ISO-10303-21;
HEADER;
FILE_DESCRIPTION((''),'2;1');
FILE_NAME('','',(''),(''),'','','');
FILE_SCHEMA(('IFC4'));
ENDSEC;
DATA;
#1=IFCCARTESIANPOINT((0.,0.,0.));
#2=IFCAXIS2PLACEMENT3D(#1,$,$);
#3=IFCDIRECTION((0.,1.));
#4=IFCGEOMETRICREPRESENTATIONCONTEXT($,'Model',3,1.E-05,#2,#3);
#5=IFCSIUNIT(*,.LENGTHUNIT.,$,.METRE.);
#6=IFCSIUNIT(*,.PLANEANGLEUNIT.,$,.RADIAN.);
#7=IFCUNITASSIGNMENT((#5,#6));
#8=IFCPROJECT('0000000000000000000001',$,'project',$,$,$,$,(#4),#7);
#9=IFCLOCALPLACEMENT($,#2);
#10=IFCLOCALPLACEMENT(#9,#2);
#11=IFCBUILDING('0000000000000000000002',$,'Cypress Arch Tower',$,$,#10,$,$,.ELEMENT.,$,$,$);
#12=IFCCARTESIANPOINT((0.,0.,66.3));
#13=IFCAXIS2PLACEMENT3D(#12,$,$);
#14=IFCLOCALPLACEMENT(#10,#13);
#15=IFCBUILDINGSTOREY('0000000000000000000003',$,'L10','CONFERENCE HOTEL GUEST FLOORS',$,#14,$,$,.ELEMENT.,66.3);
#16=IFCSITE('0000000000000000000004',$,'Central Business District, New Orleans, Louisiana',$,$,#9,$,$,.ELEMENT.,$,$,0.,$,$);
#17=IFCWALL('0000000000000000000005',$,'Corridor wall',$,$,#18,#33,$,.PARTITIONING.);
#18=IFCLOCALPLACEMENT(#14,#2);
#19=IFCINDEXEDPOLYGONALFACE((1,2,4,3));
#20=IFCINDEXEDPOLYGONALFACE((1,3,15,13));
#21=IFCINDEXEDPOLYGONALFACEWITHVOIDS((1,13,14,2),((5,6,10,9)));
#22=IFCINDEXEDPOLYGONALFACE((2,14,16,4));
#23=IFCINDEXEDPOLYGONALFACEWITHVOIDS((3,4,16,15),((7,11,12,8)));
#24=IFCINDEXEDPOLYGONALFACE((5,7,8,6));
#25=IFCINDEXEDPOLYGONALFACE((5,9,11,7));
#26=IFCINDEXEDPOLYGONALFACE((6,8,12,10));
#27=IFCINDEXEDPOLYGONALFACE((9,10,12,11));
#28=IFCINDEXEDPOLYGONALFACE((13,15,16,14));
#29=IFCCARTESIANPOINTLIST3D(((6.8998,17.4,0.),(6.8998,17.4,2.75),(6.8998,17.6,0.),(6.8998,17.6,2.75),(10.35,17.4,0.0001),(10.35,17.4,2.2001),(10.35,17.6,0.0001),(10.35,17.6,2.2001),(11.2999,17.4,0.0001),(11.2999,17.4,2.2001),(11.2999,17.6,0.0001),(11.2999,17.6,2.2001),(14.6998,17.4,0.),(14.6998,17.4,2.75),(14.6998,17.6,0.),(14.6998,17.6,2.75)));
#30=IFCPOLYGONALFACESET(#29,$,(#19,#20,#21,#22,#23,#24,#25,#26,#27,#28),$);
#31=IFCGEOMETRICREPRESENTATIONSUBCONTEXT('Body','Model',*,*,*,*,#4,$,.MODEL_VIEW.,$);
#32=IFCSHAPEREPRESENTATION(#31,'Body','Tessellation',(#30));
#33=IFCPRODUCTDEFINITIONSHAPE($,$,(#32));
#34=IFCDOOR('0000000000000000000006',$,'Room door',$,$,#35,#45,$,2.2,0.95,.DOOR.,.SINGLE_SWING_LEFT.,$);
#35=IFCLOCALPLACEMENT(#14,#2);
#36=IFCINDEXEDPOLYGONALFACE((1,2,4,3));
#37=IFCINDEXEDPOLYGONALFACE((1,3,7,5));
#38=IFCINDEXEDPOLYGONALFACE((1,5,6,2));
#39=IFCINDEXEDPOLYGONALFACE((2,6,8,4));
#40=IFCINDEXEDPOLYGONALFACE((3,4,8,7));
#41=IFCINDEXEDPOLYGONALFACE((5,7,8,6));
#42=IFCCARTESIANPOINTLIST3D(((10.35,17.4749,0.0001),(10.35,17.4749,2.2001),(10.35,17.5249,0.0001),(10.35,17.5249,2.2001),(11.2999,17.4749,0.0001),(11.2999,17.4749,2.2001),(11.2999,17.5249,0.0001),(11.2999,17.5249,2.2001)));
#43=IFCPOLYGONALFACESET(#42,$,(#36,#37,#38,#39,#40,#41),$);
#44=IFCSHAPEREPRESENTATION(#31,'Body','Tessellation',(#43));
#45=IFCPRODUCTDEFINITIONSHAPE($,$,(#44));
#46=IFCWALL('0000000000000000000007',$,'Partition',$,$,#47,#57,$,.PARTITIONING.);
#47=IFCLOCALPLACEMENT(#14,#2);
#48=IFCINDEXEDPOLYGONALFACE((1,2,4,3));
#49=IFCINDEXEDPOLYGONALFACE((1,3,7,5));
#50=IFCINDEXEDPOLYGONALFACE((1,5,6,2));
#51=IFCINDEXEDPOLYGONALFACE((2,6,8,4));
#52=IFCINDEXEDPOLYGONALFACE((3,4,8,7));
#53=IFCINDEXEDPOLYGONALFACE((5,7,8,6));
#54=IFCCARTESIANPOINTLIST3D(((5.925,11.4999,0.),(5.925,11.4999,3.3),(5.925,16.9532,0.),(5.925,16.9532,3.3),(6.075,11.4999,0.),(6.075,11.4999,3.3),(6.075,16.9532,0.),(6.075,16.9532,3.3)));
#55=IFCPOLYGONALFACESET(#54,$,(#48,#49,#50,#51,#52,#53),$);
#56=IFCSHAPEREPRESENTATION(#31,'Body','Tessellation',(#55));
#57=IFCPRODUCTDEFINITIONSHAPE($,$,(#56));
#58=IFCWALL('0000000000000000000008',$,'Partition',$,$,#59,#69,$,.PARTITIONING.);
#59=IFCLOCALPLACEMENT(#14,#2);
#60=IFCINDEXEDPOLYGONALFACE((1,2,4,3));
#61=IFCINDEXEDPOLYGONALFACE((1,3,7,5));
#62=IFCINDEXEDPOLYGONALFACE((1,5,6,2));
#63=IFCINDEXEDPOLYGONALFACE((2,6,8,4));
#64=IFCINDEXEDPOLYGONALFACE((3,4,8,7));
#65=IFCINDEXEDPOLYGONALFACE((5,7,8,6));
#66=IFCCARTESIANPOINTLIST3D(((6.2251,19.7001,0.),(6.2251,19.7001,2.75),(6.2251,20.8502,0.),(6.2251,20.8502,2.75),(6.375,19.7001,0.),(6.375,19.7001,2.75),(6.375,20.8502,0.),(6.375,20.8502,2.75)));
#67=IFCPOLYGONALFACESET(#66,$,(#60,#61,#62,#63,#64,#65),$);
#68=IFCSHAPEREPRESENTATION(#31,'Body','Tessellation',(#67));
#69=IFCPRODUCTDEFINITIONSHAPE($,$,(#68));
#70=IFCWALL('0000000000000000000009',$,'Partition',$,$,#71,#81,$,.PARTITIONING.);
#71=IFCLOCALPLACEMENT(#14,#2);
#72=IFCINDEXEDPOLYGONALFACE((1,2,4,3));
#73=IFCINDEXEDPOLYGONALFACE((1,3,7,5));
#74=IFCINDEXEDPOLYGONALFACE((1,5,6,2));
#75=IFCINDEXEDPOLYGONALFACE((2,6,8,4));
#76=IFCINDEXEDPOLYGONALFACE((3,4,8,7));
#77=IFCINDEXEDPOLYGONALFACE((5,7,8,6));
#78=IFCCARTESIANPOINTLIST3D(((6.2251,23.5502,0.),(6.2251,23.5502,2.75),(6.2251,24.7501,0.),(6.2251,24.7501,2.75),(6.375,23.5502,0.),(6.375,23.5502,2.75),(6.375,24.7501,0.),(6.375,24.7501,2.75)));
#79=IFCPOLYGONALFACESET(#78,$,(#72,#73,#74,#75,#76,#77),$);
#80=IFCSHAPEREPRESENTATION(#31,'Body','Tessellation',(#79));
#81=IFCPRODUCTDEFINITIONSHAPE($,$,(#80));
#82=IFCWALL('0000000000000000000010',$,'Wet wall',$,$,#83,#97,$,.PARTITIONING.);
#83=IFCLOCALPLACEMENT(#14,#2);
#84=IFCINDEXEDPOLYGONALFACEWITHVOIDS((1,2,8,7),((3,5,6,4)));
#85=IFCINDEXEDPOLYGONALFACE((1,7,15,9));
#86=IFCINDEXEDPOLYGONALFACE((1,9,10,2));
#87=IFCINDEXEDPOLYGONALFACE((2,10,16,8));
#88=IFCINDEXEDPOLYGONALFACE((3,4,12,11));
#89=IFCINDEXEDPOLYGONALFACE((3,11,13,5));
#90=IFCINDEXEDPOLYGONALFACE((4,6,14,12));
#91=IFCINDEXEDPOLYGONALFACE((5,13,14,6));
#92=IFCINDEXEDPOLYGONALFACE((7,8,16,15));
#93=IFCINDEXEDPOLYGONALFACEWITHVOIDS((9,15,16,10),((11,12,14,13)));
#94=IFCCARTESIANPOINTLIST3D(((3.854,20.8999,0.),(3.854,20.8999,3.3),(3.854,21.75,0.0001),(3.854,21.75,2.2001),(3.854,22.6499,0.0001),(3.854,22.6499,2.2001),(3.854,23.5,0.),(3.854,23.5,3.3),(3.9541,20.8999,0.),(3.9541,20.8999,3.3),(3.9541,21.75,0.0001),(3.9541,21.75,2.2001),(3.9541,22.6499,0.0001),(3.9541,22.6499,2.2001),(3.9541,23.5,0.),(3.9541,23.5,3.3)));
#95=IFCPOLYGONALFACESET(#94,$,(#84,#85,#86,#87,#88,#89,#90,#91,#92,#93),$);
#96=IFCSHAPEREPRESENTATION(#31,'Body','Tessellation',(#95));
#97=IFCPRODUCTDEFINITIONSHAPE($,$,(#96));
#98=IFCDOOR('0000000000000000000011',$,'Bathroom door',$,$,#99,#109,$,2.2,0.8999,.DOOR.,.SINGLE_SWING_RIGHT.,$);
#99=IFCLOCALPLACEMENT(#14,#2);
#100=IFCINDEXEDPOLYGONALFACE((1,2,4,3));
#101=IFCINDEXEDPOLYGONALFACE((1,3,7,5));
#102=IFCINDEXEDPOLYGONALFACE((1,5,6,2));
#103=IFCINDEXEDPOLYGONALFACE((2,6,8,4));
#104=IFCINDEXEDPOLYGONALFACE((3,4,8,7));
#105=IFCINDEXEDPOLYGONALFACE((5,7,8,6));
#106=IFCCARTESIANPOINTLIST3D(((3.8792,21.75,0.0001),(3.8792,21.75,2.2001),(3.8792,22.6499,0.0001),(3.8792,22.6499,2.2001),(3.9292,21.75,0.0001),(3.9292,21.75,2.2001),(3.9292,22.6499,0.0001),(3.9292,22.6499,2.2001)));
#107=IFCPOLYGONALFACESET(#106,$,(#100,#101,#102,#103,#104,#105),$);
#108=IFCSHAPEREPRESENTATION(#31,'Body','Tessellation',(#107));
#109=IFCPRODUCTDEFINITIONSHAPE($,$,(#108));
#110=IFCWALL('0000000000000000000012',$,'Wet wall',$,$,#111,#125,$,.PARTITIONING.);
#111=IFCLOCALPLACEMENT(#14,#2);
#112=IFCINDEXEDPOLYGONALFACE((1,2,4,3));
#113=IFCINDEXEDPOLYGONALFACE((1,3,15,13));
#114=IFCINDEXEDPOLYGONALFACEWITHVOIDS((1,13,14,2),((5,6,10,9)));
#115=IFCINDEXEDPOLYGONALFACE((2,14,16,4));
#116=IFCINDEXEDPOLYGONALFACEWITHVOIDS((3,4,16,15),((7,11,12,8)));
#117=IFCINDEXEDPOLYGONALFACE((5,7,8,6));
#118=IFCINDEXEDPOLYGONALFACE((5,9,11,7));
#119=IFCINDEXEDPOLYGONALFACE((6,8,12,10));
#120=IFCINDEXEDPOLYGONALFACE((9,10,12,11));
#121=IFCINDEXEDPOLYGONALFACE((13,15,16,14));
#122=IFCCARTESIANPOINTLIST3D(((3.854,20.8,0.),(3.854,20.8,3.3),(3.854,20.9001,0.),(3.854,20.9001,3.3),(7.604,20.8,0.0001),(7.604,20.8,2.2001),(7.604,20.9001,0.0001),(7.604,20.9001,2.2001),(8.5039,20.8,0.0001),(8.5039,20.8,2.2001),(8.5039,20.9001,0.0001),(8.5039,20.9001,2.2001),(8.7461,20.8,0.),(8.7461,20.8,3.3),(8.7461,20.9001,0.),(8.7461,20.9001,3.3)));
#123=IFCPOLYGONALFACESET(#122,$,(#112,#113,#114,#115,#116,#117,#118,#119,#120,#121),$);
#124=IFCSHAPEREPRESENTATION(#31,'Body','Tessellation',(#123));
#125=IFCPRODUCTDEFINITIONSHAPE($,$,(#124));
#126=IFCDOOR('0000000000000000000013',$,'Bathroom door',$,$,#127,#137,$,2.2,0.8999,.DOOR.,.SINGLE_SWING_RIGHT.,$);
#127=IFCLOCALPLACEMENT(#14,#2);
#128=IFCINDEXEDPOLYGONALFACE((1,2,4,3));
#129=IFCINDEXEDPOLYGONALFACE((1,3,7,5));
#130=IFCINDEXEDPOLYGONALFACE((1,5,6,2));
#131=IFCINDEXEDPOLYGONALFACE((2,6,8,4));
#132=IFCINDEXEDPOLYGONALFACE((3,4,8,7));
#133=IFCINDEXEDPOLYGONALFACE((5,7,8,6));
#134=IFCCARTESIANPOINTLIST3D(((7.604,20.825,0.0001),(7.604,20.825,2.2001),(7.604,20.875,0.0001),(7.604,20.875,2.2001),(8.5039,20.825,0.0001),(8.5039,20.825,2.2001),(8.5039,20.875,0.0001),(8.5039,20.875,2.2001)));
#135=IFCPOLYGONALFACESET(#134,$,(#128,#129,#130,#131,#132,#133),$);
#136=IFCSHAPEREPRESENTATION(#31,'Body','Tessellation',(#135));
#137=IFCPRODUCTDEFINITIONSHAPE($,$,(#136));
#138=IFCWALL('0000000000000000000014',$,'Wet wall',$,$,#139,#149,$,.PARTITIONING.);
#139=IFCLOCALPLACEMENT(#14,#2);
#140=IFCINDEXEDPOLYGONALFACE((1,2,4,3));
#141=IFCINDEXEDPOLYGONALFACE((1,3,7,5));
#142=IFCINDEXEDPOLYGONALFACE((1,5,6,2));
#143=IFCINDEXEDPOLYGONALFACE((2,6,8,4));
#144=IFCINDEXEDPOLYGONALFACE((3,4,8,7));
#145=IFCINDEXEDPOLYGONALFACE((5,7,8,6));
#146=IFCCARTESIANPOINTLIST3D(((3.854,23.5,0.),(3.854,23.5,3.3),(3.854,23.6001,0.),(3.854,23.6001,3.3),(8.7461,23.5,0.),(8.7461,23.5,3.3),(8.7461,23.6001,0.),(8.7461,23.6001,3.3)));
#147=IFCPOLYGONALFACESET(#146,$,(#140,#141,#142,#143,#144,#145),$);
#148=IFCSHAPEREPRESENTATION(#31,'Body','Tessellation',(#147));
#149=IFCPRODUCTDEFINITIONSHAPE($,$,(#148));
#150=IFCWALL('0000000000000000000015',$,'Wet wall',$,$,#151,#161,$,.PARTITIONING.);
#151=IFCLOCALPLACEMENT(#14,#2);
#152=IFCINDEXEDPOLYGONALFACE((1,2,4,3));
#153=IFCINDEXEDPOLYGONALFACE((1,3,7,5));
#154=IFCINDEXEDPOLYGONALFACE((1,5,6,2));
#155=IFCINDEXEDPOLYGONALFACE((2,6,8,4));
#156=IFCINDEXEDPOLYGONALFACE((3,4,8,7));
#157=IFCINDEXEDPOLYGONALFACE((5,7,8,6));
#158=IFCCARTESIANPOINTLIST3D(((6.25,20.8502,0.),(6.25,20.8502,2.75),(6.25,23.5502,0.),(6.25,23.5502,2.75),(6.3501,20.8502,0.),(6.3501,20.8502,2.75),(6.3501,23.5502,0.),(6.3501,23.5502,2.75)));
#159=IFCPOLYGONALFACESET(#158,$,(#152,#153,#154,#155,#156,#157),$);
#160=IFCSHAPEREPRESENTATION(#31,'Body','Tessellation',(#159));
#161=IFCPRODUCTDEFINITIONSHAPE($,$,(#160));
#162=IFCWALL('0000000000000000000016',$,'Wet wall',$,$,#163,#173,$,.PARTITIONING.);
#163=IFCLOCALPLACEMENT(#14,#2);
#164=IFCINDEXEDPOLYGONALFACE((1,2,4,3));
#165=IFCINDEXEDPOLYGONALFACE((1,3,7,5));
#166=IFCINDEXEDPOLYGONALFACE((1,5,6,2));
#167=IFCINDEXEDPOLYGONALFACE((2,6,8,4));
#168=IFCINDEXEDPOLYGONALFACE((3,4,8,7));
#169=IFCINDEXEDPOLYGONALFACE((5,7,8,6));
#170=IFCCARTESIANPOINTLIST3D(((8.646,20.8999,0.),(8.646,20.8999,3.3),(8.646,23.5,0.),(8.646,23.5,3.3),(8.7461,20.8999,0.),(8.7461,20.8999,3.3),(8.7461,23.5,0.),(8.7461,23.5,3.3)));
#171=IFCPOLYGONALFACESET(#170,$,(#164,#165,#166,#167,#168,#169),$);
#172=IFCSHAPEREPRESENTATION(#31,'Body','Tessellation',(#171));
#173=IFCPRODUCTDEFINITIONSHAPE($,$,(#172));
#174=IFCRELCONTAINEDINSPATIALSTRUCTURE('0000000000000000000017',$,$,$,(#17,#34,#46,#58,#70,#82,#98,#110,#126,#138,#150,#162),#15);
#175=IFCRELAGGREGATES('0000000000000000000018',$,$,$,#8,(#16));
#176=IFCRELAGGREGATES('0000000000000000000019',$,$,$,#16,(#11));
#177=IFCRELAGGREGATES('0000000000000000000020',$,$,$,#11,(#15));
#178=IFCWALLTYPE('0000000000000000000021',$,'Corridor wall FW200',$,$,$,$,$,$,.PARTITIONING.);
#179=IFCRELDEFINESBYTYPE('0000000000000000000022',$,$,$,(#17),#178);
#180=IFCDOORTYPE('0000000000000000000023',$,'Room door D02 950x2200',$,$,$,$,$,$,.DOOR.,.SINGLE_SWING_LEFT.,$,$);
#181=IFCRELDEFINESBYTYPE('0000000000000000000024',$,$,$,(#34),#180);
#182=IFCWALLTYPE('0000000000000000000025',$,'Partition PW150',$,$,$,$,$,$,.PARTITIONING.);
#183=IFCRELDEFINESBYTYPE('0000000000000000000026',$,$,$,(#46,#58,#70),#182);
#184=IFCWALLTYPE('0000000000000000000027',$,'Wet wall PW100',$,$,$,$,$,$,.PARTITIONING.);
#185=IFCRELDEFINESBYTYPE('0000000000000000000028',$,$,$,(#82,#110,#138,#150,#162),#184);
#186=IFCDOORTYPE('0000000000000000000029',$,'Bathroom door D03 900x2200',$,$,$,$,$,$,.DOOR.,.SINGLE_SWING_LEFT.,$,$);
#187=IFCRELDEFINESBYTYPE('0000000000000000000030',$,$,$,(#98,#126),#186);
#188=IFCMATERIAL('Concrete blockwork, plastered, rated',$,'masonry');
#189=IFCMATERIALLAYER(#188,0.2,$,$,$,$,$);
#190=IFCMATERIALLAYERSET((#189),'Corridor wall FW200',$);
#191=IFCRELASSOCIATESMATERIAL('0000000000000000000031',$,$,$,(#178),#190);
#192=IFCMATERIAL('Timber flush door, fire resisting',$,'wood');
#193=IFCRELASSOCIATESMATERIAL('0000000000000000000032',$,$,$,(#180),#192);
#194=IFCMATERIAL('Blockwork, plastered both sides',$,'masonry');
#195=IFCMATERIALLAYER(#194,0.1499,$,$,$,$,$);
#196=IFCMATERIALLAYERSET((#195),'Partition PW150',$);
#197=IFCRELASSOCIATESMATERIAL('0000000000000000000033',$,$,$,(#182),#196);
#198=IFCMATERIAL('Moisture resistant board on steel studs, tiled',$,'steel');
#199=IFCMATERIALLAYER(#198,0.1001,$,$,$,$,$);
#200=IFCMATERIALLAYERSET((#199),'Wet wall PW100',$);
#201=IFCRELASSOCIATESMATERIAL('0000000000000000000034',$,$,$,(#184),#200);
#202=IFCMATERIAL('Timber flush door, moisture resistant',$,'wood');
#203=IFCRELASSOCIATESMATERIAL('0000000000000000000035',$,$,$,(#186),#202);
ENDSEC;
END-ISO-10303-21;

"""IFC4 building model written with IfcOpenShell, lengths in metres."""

from ifc_helpers import new_model, si_unit, direction, frame, frame_2d, origin, place, context, subcontext, project, spatial, rectangle, extrude, material, layer, layer_set, type_object, element, fill, save


model = new_model("IFC4")

# Units and contexts
model_context = context("Model", 3, precision=1e-05, world=origin(), true_north=direction((0.0, 1.0)))
body_context = subcontext(model_context, "Body", "Model", "MODEL_VIEW")
ifc_project = project(units=[si_unit("LENGTHUNIT", "METRE"), si_unit("PLANEANGLEUNIT", "RADIAN")], contexts=[model_context])

# Site, building, storey
site_placement = place(None, origin())
site = spatial("IfcSite", under=ifc_project, at=site_placement, Name="Central Business District, New Orleans, Louisiana", CompositionType="ELEMENT", RefElevation=0.0)
building_placement = place(site_placement, origin())
building = spatial("IfcBuilding", under=site, at=building_placement, Name="Cypress Arch Tower", CompositionType="ELEMENT")
storey_placement = place(building_placement, frame((0.0, 0.0, 66.3)))
storey = spatial("IfcBuildingStorey", under=building, at=storey_placement, Name="L10", Description="CONFERENCE HOTEL GUEST FLOORS", CompositionType="ELEMENT", Elevation=66.3)

# Shared definitions
ifc_material_1 = material(Name="Concrete blockwork, plastered, rated", Category="masonry")
ifc_layer_1 = layer(ifc_material_1, 0.2)
ifc_layer_set_1 = layer_set([ifc_layer_1], Name="Corridor wall FW200")
wall_type_1 = type_object("IfcWallType", Name="Corridor wall FW200", PredefinedType="PARTITIONING", material=ifc_layer_set_1)

# Wall, opening, door
wall_1_placement = place(storey_placement, frame((6.8999, 17.5, 0.0), z_axis=(0.0, 0.0, 1.0), x_axis=(1.0, 0.0, 0.0)))
wall_1 = element("IfcWall", 1, at=wall_1_placement, inside=storey, type_object=wall_type_1, Name="Corridor wall", PredefinedType="PARTITIONING", context=body_context, shape_type="SweptSolid", body=[
    extrude(rectangle(XDim=7.8, YDim=0.2, at=frame_2d((3.8999, 0.0))), origin(), (0.0, 0.0, 1.0), 2.75),
])
opening_1_placement = place(wall_1_placement, frame((3.45, 0.0, 0.0)))
opening_1 = element("IfcOpeningElement", 2, at=opening_1_placement, cuts=wall_1, PredefinedType="OPENING", context=body_context, shape_type="SweptSolid", body=[
    extrude(rectangle(XDim=0.95, YDim=2.2, at=frame_2d((0.4751, 1.1001))), frame((0.0, 0.1099, 0.0), z_axis=(0.0, -1.0, 0.0), x_axis=(1.0, 0.0, 0.0)), (0.0, 0.0, 1.0), 0.22),
])
ifc_material_2 = material(Name="Timber flush door, fire resisting", Category="wood")
door_type_1 = type_object("IfcDoorType", Name="Room door D02 950x2200", OperationType="SINGLE_SWING_LEFT", PredefinedType="DOOR", material=ifc_material_2)
door_1_placement = place(opening_1_placement, origin())
door_1 = element("IfcDoor", 3, at=door_1_placement, inside=storey, type_object=door_type_1, Name="Room door", OperationType="SINGLE_SWING_LEFT", OverallHeight=2.2, OverallWidth=0.95, PredefinedType="DOOR", context=body_context, shape_type="SweptSolid", body=[
    extrude(rectangle(XDim=0.95, YDim=2.2, at=frame_2d((0.4751, 1.1001))), frame((0.0, 0.0249, 0.0), z_axis=(0.0, -1.0, 0.0), x_axis=(1.0, 0.0, 0.0)), (0.0, 0.0, 1.0), 0.05),
])
fill(opening_1, door_1)

# Walls
ifc_material_3 = material(Name="Blockwork, plastered both sides", Category="masonry")
ifc_layer_2 = layer(ifc_material_3, 0.1499)
ifc_layer_set_2 = layer_set([ifc_layer_2], Name="Partition PW150")
wall_type_2 = type_object("IfcWallType", Name="Partition PW150", PredefinedType="PARTITIONING", material=ifc_layer_set_2)
wall_2_placement = place(storey_placement, frame((6.0, 11.5, 0.0), z_axis=(0.0, 0.0, 1.0), x_axis=(0.0, 1.0, 0.0)))
element("IfcWall", 4, at=wall_2_placement, inside=storey, type_object=wall_type_2, Name="Partition", PredefinedType="PARTITIONING", context=body_context, shape_type="SweptSolid", body=[
    extrude(rectangle(XDim=5.4534, YDim=0.1499, at=frame_2d((2.7266, 0.0))), origin(), (0.0, 0.0, 1.0), 3.3),
])
wall_3_placement = place(storey_placement, frame((6.3, 19.7, 0.0), z_axis=(0.0, 0.0, 1.0), x_axis=(0.0, 1.0, 0.0)))
element("IfcWall", 5, at=wall_3_placement, inside=storey, type_object=wall_type_2, Name="Partition", PredefinedType="PARTITIONING", context=body_context, shape_type="SweptSolid", body=[
    extrude(rectangle(XDim=1.1501, YDim=0.1499, at=frame_2d((0.5752, 0.0))), origin(), (0.0, 0.0, 1.0), 2.75),
])
wall_4_placement = place(storey_placement, frame((6.3, 23.55, 0.0), z_axis=(0.0, 0.0, 1.0), x_axis=(0.0, 1.0, 0.0)))
element("IfcWall", 6, at=wall_4_placement, inside=storey, type_object=wall_type_2, Name="Partition", PredefinedType="PARTITIONING", context=body_context, shape_type="SweptSolid", body=[
    extrude(rectangle(XDim=1.2, YDim=0.1499, at=frame_2d((0.6001, 0.0))), origin(), (0.0, 0.0, 1.0), 2.75),
])

# Walls, openings, doors
ifc_material_4 = material(Name="Moisture resistant board on steel studs, tiled", Category="steel")
ifc_layer_3 = layer(ifc_material_4, 0.1001)
ifc_layer_set_3 = layer_set([ifc_layer_3], Name="Wet wall PW100")
wall_type_3 = type_object("IfcWallType", Name="Wet wall PW100", PredefinedType="PARTITIONING", material=ifc_layer_set_3)
wall_5_placement = place(storey_placement, frame((3.9041, 20.8999, 0.0), z_axis=(0.0, 0.0, 1.0), x_axis=(0.0, 1.0, 0.0)))
wall_5 = element("IfcWall", 7, at=wall_5_placement, inside=storey, type_object=wall_type_3, Name="Wet wall", PredefinedType="PARTITIONING", context=body_context, shape_type="SweptSolid", body=[
    extrude(rectangle(XDim=2.6001, YDim=0.1001, at=frame_2d((1.3, 0.0))), origin(), (0.0, 0.0, 1.0), 3.3),
])
opening_2_placement = place(wall_5_placement, frame((0.8501, 0.0, 0.0)))
opening_2 = element("IfcOpeningElement", 8, at=opening_2_placement, cuts=wall_5, PredefinedType="OPENING", context=body_context, shape_type="SweptSolid", body=[
    extrude(rectangle(XDim=0.8999, YDim=2.2, at=frame_2d((0.45, 1.1001))), frame((0.0, 0.0601, 0.0), z_axis=(0.0, -1.0, 0.0), x_axis=(1.0, 0.0, 0.0)), (0.0, 0.0, 1.0), 0.1201),
])
ifc_material_5 = material(Name="Timber flush door, moisture resistant", Category="wood")
door_type_2 = type_object("IfcDoorType", Name="Bathroom door D03 900x2200", OperationType="SINGLE_SWING_LEFT", PredefinedType="DOOR", material=ifc_material_5)
door_2_placement = place(opening_2_placement, origin())
door_2 = element("IfcDoor", 9, at=door_2_placement, inside=storey, type_object=door_type_2, Name="Bathroom door", OperationType="SINGLE_SWING_RIGHT", OverallHeight=2.2, OverallWidth=0.8999, PredefinedType="DOOR", context=body_context, shape_type="SweptSolid", body=[
    extrude(rectangle(XDim=0.8999, YDim=2.2, at=frame_2d((0.45, 1.1001))), frame((0.0, 0.0249, 0.0), z_axis=(0.0, -1.0, 0.0), x_axis=(1.0, 0.0, 0.0)), (0.0, 0.0, 1.0), 0.05),
])
fill(opening_2, door_2)
wall_6_placement = place(storey_placement, frame((3.854, 20.8501, 0.0), z_axis=(0.0, 0.0, 1.0), x_axis=(1.0, 0.0, 0.0)))
wall_6 = element("IfcWall", 10, at=wall_6_placement, inside=storey, type_object=wall_type_3, Name="Wet wall", PredefinedType="PARTITIONING", context=body_context, shape_type="SweptSolid", body=[
    extrude(rectangle(XDim=4.8921, YDim=0.1001, at=frame_2d((2.446, 0.0))), origin(), (0.0, 0.0, 1.0), 3.3),
])
opening_3_placement = place(wall_6_placement, frame((3.75, 0.0, 0.0)))
opening_3 = element("IfcOpeningElement", 11, at=opening_3_placement, cuts=wall_6, PredefinedType="OPENING", context=body_context, shape_type="SweptSolid", body=[
    extrude(rectangle(XDim=0.8999, YDim=2.2, at=frame_2d((0.45, 1.1001))), frame((0.0, 0.0601, 0.0), z_axis=(0.0, -1.0, 0.0), x_axis=(1.0, 0.0, 0.0)), (0.0, 0.0, 1.0), 0.1201),
])
door_3_placement = place(opening_3_placement, origin())
door_3 = element("IfcDoor", 12, at=door_3_placement, inside=storey, type_object=door_type_2, Name="Bathroom door", OperationType="SINGLE_SWING_RIGHT", OverallHeight=2.2, OverallWidth=0.8999, PredefinedType="DOOR", context=body_context, shape_type="SweptSolid", body=[
    extrude(rectangle(XDim=0.8999, YDim=2.2, at=frame_2d((0.45, 1.1001))), frame((0.0, 0.0249, 0.0), z_axis=(0.0, -1.0, 0.0), x_axis=(1.0, 0.0, 0.0)), (0.0, 0.0, 1.0), 0.05),
])
fill(opening_3, door_3)

# Walls
wall_7_placement = place(storey_placement, frame((3.854, 23.55, 0.0), z_axis=(0.0, 0.0, 1.0), x_axis=(1.0, 0.0, 0.0)))
element("IfcWall", 13, at=wall_7_placement, inside=storey, type_object=wall_type_3, Name="Wet wall", PredefinedType="PARTITIONING", context=body_context, shape_type="SweptSolid", body=[
    extrude(rectangle(XDim=4.8921, YDim=0.1001, at=frame_2d((2.446, 0.0))), origin(), (0.0, 0.0, 1.0), 3.3),
])
wall_8_placement = place(storey_placement, frame((6.3, 20.8501, 0.0), z_axis=(0.0, 0.0, 1.0), x_axis=(0.0, 1.0, 0.0)))
element("IfcWall", 14, at=wall_8_placement, inside=storey, type_object=wall_type_3, Name="Wet wall", PredefinedType="PARTITIONING", context=body_context, shape_type="SweptSolid", body=[
    extrude(rectangle(XDim=2.7, YDim=0.1001, at=frame_2d((1.3501, 0.0))), origin(), (0.0, 0.0, 1.0), 2.75),
])
wall_9_placement = place(storey_placement, frame((8.696, 20.8999, 0.0), z_axis=(0.0, 0.0, 1.0), x_axis=(0.0, 1.0, 0.0)))
element("IfcWall", 15, at=wall_9_placement, inside=storey, type_object=wall_type_3, Name="Wet wall", PredefinedType="PARTITIONING", context=body_context, shape_type="SweptSolid", body=[
    extrude(rectangle(XDim=2.6001, YDim=0.1001, at=frame_2d((1.3, 0.0))), origin(), (0.0, 0.0, 1.0), 3.3),
])

save(model, "model.ifc")
